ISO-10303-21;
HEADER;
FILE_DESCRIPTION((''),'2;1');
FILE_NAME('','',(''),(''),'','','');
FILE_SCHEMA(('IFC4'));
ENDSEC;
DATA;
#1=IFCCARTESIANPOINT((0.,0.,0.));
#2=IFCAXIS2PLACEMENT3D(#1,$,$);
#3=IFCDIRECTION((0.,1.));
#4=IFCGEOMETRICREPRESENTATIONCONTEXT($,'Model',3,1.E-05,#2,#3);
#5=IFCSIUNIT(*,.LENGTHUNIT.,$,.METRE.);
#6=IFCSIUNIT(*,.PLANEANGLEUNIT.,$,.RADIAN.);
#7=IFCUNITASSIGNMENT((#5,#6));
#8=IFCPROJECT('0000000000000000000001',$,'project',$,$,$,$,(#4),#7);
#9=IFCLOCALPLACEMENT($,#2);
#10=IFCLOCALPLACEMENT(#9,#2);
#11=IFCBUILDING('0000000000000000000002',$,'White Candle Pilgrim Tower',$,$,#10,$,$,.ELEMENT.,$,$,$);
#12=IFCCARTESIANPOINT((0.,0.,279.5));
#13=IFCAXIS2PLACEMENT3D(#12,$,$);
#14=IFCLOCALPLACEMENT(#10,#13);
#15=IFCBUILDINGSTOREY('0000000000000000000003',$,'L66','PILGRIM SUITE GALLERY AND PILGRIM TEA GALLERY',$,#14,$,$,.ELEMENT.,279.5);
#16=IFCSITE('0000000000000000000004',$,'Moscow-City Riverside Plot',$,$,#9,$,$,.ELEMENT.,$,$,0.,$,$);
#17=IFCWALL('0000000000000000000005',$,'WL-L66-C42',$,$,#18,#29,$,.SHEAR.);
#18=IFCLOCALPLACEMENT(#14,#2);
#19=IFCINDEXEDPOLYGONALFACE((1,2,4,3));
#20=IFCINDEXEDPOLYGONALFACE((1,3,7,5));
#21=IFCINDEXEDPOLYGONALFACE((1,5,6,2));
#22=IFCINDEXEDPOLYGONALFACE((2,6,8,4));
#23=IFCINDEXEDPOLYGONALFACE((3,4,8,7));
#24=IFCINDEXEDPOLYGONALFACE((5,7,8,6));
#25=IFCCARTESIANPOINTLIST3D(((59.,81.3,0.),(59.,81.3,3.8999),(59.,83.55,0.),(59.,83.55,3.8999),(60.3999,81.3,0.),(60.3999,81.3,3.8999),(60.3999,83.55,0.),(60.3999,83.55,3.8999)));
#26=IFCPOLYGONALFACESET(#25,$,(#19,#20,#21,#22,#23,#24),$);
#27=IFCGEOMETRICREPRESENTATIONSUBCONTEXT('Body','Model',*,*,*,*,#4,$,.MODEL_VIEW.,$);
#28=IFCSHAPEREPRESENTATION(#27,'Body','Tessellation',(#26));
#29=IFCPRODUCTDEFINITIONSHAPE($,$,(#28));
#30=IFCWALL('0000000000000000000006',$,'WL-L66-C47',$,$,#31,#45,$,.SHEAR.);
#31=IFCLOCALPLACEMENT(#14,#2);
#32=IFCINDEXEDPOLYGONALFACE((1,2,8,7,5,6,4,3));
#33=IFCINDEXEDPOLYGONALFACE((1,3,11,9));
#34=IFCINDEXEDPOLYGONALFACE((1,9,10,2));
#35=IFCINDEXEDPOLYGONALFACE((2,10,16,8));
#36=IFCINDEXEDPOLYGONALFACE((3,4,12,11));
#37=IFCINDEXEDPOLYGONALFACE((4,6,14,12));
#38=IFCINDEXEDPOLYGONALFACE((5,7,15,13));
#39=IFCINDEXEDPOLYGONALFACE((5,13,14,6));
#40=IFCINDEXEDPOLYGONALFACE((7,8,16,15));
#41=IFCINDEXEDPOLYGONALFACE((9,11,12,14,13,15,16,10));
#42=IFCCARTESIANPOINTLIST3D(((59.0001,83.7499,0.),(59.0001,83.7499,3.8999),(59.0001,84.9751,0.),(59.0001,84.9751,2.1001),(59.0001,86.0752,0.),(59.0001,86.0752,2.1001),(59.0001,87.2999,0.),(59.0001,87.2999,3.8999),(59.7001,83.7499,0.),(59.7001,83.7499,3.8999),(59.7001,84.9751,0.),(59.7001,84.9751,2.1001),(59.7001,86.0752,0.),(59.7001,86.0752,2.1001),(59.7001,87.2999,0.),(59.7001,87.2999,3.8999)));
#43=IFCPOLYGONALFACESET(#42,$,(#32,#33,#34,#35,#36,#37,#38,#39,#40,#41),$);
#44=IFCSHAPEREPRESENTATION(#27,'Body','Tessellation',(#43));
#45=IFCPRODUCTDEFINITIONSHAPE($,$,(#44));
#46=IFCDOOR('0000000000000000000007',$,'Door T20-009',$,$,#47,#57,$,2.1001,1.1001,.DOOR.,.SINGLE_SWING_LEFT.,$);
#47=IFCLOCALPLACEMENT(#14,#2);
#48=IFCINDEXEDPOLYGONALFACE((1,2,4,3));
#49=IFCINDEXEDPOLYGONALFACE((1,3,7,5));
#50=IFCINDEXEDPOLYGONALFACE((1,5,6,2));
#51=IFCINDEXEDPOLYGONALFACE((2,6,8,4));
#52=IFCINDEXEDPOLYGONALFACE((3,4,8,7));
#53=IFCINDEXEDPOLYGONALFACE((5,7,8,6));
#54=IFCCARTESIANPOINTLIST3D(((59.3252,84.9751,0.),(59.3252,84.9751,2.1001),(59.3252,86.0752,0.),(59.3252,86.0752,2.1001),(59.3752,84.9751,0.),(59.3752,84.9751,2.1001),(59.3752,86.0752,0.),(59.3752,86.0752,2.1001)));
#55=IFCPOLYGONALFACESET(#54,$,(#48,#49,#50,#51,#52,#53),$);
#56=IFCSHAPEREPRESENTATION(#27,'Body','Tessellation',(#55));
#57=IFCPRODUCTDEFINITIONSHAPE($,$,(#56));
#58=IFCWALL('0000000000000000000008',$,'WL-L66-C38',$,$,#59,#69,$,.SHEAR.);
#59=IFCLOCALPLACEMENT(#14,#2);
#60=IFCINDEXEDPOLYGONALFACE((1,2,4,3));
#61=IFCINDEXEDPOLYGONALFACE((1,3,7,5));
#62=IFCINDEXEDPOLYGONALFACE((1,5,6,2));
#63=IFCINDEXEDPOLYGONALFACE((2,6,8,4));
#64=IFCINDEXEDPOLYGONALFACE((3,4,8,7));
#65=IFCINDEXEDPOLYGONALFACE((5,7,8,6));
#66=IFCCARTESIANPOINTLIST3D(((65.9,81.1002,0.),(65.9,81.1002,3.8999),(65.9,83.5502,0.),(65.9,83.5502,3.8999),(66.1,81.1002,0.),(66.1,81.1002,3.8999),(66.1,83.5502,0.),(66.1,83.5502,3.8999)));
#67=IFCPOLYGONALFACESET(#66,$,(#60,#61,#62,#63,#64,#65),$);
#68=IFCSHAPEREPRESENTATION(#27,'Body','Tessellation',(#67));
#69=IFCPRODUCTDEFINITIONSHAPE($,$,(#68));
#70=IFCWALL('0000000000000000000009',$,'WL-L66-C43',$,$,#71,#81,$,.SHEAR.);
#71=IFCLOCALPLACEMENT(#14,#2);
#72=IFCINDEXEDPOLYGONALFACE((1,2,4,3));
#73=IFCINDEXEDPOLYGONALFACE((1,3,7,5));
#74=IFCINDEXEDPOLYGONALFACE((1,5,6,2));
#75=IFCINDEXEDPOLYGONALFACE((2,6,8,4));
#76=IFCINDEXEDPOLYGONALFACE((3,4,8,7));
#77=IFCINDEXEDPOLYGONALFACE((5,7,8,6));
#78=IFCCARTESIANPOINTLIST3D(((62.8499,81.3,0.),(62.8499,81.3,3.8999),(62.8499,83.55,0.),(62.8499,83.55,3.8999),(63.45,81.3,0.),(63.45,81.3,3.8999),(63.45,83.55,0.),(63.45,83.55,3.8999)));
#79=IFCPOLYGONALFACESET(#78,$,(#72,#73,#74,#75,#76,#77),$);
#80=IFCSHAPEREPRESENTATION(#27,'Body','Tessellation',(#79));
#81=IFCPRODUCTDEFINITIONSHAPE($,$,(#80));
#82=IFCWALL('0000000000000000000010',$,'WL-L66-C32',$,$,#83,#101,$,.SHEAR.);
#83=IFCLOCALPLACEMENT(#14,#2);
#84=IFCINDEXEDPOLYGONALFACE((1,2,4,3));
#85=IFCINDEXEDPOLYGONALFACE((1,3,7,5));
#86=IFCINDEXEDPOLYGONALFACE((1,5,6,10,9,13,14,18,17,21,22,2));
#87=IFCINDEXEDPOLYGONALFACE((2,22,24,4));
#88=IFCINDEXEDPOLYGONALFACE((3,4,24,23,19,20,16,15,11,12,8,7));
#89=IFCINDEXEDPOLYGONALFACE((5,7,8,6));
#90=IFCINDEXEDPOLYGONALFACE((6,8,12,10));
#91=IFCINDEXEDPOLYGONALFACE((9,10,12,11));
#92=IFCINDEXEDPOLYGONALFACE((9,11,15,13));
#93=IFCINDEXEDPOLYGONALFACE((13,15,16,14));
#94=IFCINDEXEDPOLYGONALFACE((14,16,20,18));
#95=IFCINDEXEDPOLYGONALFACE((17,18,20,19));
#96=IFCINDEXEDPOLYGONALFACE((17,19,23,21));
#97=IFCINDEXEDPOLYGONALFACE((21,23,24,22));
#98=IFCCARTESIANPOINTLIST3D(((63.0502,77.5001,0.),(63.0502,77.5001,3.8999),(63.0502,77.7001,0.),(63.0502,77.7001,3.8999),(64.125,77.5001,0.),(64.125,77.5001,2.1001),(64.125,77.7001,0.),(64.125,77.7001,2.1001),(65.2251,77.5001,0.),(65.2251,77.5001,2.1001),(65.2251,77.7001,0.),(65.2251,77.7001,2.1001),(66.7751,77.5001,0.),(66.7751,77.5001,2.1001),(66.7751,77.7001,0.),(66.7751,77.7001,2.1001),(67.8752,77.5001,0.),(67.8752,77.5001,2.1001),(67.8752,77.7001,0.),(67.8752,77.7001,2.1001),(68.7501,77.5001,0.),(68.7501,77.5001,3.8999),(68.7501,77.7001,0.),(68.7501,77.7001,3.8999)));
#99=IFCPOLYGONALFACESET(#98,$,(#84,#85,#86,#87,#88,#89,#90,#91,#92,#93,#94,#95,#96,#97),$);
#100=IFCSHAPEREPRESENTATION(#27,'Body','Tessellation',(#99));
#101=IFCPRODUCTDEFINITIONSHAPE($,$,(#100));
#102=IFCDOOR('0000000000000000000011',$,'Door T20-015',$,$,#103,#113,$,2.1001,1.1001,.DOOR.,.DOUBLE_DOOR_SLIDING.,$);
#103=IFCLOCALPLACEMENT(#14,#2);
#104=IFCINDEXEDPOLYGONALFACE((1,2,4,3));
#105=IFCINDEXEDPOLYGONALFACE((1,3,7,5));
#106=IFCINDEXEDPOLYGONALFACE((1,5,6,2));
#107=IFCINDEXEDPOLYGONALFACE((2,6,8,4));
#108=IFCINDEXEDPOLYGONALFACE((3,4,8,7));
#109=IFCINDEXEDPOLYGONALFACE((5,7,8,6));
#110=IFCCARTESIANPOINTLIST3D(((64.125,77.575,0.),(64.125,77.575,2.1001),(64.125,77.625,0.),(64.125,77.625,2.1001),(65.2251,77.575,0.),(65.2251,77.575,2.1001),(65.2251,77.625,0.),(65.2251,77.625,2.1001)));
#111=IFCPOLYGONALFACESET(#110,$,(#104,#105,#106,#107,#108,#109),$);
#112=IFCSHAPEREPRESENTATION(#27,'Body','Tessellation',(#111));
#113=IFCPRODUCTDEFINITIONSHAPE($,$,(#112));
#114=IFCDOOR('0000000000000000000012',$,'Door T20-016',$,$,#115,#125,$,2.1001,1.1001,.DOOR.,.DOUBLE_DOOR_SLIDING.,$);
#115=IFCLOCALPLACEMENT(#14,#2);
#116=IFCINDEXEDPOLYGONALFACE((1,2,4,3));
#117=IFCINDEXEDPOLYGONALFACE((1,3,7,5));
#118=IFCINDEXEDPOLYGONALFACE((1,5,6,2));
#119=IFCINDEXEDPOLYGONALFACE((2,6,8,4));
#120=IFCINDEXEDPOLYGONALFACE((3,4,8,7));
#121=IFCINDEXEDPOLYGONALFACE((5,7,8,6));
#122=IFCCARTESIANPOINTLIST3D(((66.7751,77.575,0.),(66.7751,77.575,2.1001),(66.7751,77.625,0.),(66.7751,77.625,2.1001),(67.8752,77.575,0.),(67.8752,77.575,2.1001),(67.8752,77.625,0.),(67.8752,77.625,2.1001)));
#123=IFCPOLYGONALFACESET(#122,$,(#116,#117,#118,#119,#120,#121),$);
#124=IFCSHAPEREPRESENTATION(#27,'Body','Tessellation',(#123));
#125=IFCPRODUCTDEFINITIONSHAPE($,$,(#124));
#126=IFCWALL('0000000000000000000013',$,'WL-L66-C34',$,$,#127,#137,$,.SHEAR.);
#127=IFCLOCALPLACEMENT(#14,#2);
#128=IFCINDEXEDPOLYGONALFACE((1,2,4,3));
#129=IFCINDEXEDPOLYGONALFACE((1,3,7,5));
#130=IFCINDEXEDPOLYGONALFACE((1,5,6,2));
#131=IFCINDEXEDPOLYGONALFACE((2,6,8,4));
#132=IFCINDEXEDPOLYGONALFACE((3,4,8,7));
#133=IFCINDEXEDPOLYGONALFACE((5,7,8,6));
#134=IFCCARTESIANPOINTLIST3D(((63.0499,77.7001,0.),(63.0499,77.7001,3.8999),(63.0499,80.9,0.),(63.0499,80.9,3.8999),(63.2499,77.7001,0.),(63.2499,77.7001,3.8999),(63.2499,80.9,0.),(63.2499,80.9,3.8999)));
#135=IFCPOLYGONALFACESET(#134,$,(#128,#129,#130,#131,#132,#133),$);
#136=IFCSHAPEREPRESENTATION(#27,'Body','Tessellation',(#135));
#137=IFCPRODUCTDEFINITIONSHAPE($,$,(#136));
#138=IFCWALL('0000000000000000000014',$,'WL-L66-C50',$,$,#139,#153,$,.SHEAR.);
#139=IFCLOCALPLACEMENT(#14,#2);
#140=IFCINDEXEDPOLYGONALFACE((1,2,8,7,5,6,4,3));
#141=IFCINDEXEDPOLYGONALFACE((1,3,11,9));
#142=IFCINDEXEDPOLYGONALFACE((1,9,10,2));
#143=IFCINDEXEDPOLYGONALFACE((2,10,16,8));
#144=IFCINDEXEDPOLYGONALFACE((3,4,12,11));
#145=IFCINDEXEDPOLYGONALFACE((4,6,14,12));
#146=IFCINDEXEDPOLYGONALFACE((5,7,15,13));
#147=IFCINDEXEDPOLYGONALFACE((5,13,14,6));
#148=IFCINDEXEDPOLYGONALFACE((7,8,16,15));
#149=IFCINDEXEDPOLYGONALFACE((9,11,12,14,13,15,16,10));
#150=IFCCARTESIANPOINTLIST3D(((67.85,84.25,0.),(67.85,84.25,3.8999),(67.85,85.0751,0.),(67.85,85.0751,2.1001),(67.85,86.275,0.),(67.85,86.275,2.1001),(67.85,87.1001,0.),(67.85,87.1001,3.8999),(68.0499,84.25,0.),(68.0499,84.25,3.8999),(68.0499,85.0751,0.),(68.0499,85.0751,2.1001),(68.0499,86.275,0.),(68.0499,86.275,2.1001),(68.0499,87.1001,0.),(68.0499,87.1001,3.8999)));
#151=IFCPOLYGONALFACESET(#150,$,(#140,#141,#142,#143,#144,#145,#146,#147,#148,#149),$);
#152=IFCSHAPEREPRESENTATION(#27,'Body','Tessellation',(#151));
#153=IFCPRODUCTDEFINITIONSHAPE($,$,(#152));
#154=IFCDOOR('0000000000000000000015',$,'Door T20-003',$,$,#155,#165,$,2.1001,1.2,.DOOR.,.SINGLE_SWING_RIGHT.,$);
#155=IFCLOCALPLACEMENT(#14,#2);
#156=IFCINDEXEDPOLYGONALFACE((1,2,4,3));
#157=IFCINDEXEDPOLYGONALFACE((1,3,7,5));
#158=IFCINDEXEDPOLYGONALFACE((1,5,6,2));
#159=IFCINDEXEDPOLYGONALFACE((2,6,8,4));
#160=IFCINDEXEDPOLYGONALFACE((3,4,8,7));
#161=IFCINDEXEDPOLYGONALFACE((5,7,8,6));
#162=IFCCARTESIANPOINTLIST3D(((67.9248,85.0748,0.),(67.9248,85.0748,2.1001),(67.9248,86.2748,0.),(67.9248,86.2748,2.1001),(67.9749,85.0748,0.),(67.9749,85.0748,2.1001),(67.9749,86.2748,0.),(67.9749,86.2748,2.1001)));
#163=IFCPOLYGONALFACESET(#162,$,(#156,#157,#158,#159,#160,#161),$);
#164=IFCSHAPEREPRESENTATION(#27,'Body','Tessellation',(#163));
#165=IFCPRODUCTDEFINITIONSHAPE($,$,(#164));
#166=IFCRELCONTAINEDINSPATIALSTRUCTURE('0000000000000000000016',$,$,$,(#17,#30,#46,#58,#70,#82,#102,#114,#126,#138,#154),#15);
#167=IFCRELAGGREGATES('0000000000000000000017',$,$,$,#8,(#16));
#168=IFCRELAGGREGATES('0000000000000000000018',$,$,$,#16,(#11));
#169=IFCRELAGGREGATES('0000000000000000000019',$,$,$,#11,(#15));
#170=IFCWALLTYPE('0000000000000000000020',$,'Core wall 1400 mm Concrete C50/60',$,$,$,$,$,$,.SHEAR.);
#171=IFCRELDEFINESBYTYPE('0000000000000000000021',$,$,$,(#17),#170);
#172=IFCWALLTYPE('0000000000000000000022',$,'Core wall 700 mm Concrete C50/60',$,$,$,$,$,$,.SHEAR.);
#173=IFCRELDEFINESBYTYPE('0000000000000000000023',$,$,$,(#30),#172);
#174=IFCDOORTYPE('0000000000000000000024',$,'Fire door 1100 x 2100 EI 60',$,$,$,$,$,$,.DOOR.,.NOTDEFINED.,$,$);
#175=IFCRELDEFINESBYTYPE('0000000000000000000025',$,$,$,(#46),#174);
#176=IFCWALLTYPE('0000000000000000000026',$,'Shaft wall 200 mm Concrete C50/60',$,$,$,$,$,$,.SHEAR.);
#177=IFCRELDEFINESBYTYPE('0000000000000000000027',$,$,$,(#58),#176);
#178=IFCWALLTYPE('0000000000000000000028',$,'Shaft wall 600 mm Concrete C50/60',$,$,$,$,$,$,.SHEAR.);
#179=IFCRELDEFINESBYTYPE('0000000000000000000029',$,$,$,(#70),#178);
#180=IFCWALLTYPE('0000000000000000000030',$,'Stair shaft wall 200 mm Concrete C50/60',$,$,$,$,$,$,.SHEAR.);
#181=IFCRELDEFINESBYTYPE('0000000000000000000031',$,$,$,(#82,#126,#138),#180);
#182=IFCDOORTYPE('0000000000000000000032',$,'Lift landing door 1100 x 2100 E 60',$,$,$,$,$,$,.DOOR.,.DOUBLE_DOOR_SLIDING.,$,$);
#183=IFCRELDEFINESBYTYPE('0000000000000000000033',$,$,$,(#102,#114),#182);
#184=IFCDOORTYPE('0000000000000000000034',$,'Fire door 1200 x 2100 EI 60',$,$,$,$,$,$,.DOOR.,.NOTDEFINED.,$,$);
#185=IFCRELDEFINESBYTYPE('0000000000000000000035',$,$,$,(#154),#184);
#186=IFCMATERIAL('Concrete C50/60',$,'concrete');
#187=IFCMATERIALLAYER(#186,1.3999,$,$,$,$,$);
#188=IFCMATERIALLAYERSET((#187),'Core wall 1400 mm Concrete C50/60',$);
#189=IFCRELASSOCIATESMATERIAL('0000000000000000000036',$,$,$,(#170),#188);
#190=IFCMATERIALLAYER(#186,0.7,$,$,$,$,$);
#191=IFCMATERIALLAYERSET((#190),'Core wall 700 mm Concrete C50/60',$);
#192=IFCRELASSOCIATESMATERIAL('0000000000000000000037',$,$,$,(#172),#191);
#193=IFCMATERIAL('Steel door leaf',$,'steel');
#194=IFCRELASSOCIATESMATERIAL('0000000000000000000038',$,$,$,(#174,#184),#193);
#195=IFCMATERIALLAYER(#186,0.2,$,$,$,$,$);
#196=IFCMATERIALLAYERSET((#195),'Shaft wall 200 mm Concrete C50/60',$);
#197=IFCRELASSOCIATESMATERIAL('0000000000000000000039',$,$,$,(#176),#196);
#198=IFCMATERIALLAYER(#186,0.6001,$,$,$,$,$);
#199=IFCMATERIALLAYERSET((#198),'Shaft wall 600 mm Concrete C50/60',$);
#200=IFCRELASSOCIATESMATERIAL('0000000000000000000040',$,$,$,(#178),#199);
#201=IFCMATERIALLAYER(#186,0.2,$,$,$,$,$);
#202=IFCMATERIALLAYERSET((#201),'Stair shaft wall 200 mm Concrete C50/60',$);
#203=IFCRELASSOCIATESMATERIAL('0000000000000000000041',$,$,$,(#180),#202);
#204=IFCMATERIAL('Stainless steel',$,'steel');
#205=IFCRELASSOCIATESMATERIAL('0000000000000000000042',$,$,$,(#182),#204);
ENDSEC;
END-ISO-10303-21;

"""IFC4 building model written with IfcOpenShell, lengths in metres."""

from ifc_helpers import new_model, si_unit, direction, frame, frame_2d, origin, place, context, subcontext, project, spatial, rectangle, extrude, material, layer, layer_set, type_object, element, fill, save


model = new_model("IFC4")

# Units and contexts
model_context = context("Model", 3, precision=1e-05, world=origin(), true_north=direction((0.0, 1.0)))
body_context = subcontext(model_context, "Body", "Model", "MODEL_VIEW")
ifc_project = project(units=[si_unit("LENGTHUNIT", "METRE"), si_unit("PLANEANGLEUNIT", "RADIAN")], contexts=[model_context])

# Site, building, storey
site_placement = place(None, origin())
site = spatial("IfcSite", under=ifc_project, at=site_placement, Name="Moscow-City Riverside Plot", CompositionType="ELEMENT", RefElevation=0.0)
building_placement = place(site_placement, origin())
building = spatial("IfcBuilding", under=site, at=building_placement, Name="White Candle Pilgrim Tower", CompositionType="ELEMENT")
storey_placement = place(building_placement, frame((0.0, 0.0, 279.5)))
storey = spatial("IfcBuildingStorey", under=building, at=storey_placement, Name="L66", Description="PILGRIM SUITE GALLERY AND PILGRIM TEA GALLERY", CompositionType="ELEMENT", Elevation=279.5)

# Wall
ifc_material_1 = material(Name="Concrete C50/60", Category="concrete")
ifc_layer_1 = layer(ifc_material_1, 1.3999)
ifc_layer_set_1 = layer_set([ifc_layer_1], Name="Core wall 1400 mm Concrete C50/60")
wall_type_1 = type_object("IfcWallType", Name="Core wall 1400 mm Concrete C50/60", PredefinedType="SHEAR", material=ifc_layer_set_1)
wall_1_placement = place(storey_placement, frame((59.7, 81.3, 0.0), z_axis=(0.0, 0.0, 1.0), x_axis=(0.0, 1.0, 0.0)))
element("IfcWall", 1, at=wall_1_placement, inside=storey, type_object=wall_type_1, Name="WL-L66-C42", PredefinedType="SHEAR", context=body_context, shape_type="SweptSolid", body=[
    extrude(rectangle(XDim=2.25, YDim=1.3999, at=frame_2d((1.125, 0.0))), origin(), (0.0, 0.0, 1.0), 3.8999),
])

# Wall, opening, door
ifc_layer_2 = layer(ifc_material_1, 0.7)
ifc_layer_set_2 = layer_set([ifc_layer_2], Name="Core wall 700 mm Concrete C50/60")
wall_type_2 = type_object("IfcWallType", Name="Core wall 700 mm Concrete C50/60", PredefinedType="SHEAR", material=ifc_layer_set_2)
wall_2_placement = place(storey_placement, frame((59.3501, 83.75, 0.0), z_axis=(0.0, 0.0, 1.0), x_axis=(0.0, 1.0, 0.0)))
wall_2 = element("IfcWall", 2, at=wall_2_placement, inside=storey, type_object=wall_type_2, Name="WL-L66-C47", PredefinedType="SHEAR", context=body_context, shape_type="SweptSolid", body=[
    extrude(rectangle(XDim=3.55, YDim=0.7, at=frame_2d((1.7749, 0.0))), origin(), (0.0, 0.0, 1.0), 3.8999),
])
opening_1_placement = place(wall_2_placement, frame((1.2251, 0.0, 0.0)))
opening_1 = element("IfcOpeningElement", 3, at=opening_1_placement, cuts=wall_2, PredefinedType="OPENING", context=body_context, shape_type="SweptSolid", body=[
    extrude(rectangle(XDim=1.1001, YDim=2.1001, at=frame_2d((0.55, 1.05))), frame((0.0, 0.3599, 0.0), z_axis=(0.0, -1.0, 0.0), x_axis=(1.0, 0.0, 0.0)), (0.0, 0.0, 1.0), 0.72),
])
ifc_material_2 = material(Name="Steel door leaf", Category="steel")
door_type_1 = type_object("IfcDoorType", Name="Fire door 1100 x 2100 EI 60", OperationType="NOTDEFINED", PredefinedType="DOOR", material=ifc_material_2)
door_1_placement = place(opening_1_placement, origin())
door_1 = element("IfcDoor", 4, at=door_1_placement, inside=storey, type_object=door_type_1, Name="Door T20-009", OperationType="SINGLE_SWING_LEFT", OverallHeight=2.1001, OverallWidth=1.1001, PredefinedType="DOOR", context=body_context, shape_type="SweptSolid", body=[
    extrude(rectangle(XDim=1.1001, YDim=2.1001, at=frame_2d((0.55, 1.05))), frame((0.0, 0.0249, 0.0), z_axis=(0.0, -1.0, 0.0), x_axis=(1.0, 0.0, 0.0)), (0.0, 0.0, 1.0), 0.05),
])
fill(opening_1, door_1)

# Walls
ifc_layer_3 = layer(ifc_material_1, 0.2)
ifc_layer_set_3 = layer_set([ifc_layer_3], Name="Shaft wall 200 mm Concrete C50/60")
wall_type_3 = type_object("IfcWallType", Name="Shaft wall 200 mm Concrete C50/60", PredefinedType="SHEAR", material=ifc_layer_set_3)
wall_3_placement = place(storey_placement, frame((66.0, 81.1001, 0.0), z_axis=(0.0, 0.0, 1.0), x_axis=(0.0, 1.0, 0.0)))
element("IfcWall", 5, at=wall_3_placement, inside=storey, type_object=wall_type_3, Name="WL-L66-C38", PredefinedType="SHEAR", context=body_context, shape_type="SweptSolid", body=[
    extrude(rectangle(XDim=2.45, YDim=0.2, at=frame_2d((1.2251, 0.0))), origin(), (0.0, 0.0, 1.0), 3.8999),
])
ifc_layer_4 = layer(ifc_material_1, 0.6001)
ifc_layer_set_4 = layer_set([ifc_layer_4], Name="Shaft wall 600 mm Concrete C50/60")
wall_type_4 = type_object("IfcWallType", Name="Shaft wall 600 mm Concrete C50/60", PredefinedType="SHEAR", material=ifc_layer_set_4)
wall_4_placement = place(storey_placement, frame((63.1499, 81.3, 0.0), z_axis=(0.0, 0.0, 1.0), x_axis=(0.0, 1.0, 0.0)))
element("IfcWall", 6, at=wall_4_placement, inside=storey, type_object=wall_type_4, Name="WL-L66-C43", PredefinedType="SHEAR", context=body_context, shape_type="SweptSolid", body=[
    extrude(rectangle(XDim=2.25, YDim=0.6001, at=frame_2d((1.125, 0.0))), origin(), (0.0, 0.0, 1.0), 3.8999),
])

# Wall, openings, doors
ifc_layer_5 = layer(ifc_material_1, 0.2)
ifc_layer_set_5 = layer_set([ifc_layer_5], Name="Stair shaft wall 200 mm Concrete C50/60")
wall_type_5 = type_object("IfcWallType", Name="Stair shaft wall 200 mm Concrete C50/60", PredefinedType="SHEAR", material=ifc_layer_set_5)
wall_5_placement = place(storey_placement, frame((63.05, 77.6001, 0.0), z_axis=(0.0, 0.0, 1.0), x_axis=(1.0, 0.0, 0.0)))
wall_5 = element("IfcWall", 7, at=wall_5_placement, inside=storey, type_object=wall_type_5, Name="WL-L66-C32", PredefinedType="SHEAR", context=body_context, shape_type="SweptSolid", body=[
    extrude(rectangle(XDim=5.7, YDim=0.2, at=frame_2d((2.8501, 0.0))), origin(), (0.0, 0.0, 1.0), 3.8999),
])
opening_2_placement = place(wall_5_placement, frame((1.075, 0.0, 0.0)))
opening_2 = element("IfcOpeningElement", 8, at=opening_2_placement, cuts=wall_5, PredefinedType="OPENING", context=body_context, shape_type="SweptSolid", body=[
    extrude(rectangle(XDim=1.1001, YDim=2.1001, at=frame_2d((0.55, 1.05))), frame((0.0, 0.1099, 0.0), z_axis=(0.0, -1.0, 0.0), x_axis=(1.0, 0.0, 0.0)), (0.0, 0.0, 1.0), 0.22),
])
opening_3_placement = place(wall_5_placement, frame((3.7251, 0.0, 0.0)))
opening_3 = element("IfcOpeningElement", 9, at=opening_3_placement, cuts=wall_5, PredefinedType="OPENING", context=body_context, shape_type="SweptSolid", body=[
    extrude(rectangle(XDim=1.1001, YDim=2.1001, at=frame_2d((0.55, 1.05))), frame((0.0, 0.1099, 0.0), z_axis=(0.0, -1.0, 0.0), x_axis=(1.0, 0.0, 0.0)), (0.0, 0.0, 1.0), 0.22),
])
ifc_material_3 = material(Name="Stainless steel", Category="steel")
door_type_2 = type_object("IfcDoorType", Name="Lift landing door 1100 x 2100 E 60", OperationType="DOUBLE_DOOR_SLIDING", PredefinedType="DOOR", material=ifc_material_3)
door_2_placement = place(opening_2_placement, origin())
door_2 = element("IfcDoor", 10, at=door_2_placement, inside=storey, type_object=door_type_2, Name="Door T20-015", OperationType="DOUBLE_DOOR_SLIDING", OverallHeight=2.1001, OverallWidth=1.1001, PredefinedType="DOOR", context=body_context, shape_type="SweptSolid", body=[
    extrude(rectangle(XDim=1.1001, YDim=2.1001, at=frame_2d((0.55, 1.05))), frame((0.0, 0.0249, 0.0), z_axis=(0.0, -1.0, 0.0), x_axis=(1.0, 0.0, 0.0)), (0.0, 0.0, 1.0), 0.05),
])
fill(opening_2, door_2)
door_3_placement = place(opening_3_placement, origin())
door_3 = element("IfcDoor", 11, at=door_3_placement, inside=storey, type_object=door_type_2, Name="Door T20-016", OperationType="DOUBLE_DOOR_SLIDING", OverallHeight=2.1001, OverallWidth=1.1001, PredefinedType="DOOR", context=body_context, shape_type="SweptSolid", body=[
    extrude(rectangle(XDim=1.1001, YDim=2.1001, at=frame_2d((0.55, 1.05))), frame((0.0, 0.0249, 0.0), z_axis=(0.0, -1.0, 0.0), x_axis=(1.0, 0.0, 0.0)), (0.0, 0.0, 1.0), 0.05),
])
fill(opening_3, door_3)

# Wall
wall_6_placement = place(storey_placement, frame((63.1499, 77.7, 0.0), z_axis=(0.0, 0.0, 1.0), x_axis=(0.0, 1.0, 0.0)))
element("IfcWall", 12, at=wall_6_placement, inside=storey, type_object=wall_type_5, Name="WL-L66-C34", PredefinedType="SHEAR", context=body_context, shape_type="SweptSolid", body=[
    extrude(rectangle(XDim=3.2, YDim=0.2, at=frame_2d((1.6001, 0.0))), origin(), (0.0, 0.0, 1.0), 3.8999),
])

# Wall, opening, door
wall_7_placement = place(storey_placement, frame((67.95, 84.25, 0.0), z_axis=(0.0, 0.0, 1.0), x_axis=(0.0, 1.0, 0.0)))
wall_7 = element("IfcWall", 13, at=wall_7_placement, inside=storey, type_object=wall_type_5, Name="WL-L66-C50", PredefinedType="SHEAR", context=body_context, shape_type="SweptSolid", body=[
    extrude(rectangle(XDim=2.8501, YDim=0.2, at=frame_2d((1.425, 0.0))), origin(), (0.0, 0.0, 1.0), 3.8999),
])
opening_4_placement = place(wall_7_placement, frame((0.825, 0.0, 0.0)))
opening_4 = element("IfcOpeningElement", 14, at=opening_4_placement, cuts=wall_7, PredefinedType="OPENING", context=body_context, shape_type="SweptSolid", body=[
    extrude(rectangle(XDim=1.2, YDim=2.1001, at=frame_2d((0.6001, 1.05))), frame((0.0, 0.1099, 0.0), z_axis=(0.0, -1.0, 0.0), x_axis=(1.0, 0.0, 0.0)), (0.0, 0.0, 1.0), 0.22),
])
door_type_3 = type_object("IfcDoorType", Name="Fire door 1200 x 2100 EI 60", OperationType="NOTDEFINED", PredefinedType="DOOR", material=ifc_material_2)
door_4_placement = place(opening_4_placement, frame((1.2, 0.0, 0.0), z_axis=(0.0, 0.0, 1.0), x_axis=(-1.0, 0.0, 0.0)))
door_4 = element("IfcDoor", 15, at=door_4_placement, inside=storey, type_object=door_type_3, Name="Door T20-003", OperationType="SINGLE_SWING_RIGHT", OverallHeight=2.1001, OverallWidth=1.2, PredefinedType="DOOR", context=body_context, shape_type="SweptSolid", body=[
    extrude(rectangle(XDim=1.2, YDim=2.1001, at=frame_2d((0.6001, 1.05))), frame((0.0, 0.0249, 0.0), z_axis=(0.0, -1.0, 0.0), x_axis=(1.0, 0.0, 0.0)), (0.0, 0.0, 1.0), 0.05),
])
fill(opening_4, door_4)

save(model, "model.ifc")
